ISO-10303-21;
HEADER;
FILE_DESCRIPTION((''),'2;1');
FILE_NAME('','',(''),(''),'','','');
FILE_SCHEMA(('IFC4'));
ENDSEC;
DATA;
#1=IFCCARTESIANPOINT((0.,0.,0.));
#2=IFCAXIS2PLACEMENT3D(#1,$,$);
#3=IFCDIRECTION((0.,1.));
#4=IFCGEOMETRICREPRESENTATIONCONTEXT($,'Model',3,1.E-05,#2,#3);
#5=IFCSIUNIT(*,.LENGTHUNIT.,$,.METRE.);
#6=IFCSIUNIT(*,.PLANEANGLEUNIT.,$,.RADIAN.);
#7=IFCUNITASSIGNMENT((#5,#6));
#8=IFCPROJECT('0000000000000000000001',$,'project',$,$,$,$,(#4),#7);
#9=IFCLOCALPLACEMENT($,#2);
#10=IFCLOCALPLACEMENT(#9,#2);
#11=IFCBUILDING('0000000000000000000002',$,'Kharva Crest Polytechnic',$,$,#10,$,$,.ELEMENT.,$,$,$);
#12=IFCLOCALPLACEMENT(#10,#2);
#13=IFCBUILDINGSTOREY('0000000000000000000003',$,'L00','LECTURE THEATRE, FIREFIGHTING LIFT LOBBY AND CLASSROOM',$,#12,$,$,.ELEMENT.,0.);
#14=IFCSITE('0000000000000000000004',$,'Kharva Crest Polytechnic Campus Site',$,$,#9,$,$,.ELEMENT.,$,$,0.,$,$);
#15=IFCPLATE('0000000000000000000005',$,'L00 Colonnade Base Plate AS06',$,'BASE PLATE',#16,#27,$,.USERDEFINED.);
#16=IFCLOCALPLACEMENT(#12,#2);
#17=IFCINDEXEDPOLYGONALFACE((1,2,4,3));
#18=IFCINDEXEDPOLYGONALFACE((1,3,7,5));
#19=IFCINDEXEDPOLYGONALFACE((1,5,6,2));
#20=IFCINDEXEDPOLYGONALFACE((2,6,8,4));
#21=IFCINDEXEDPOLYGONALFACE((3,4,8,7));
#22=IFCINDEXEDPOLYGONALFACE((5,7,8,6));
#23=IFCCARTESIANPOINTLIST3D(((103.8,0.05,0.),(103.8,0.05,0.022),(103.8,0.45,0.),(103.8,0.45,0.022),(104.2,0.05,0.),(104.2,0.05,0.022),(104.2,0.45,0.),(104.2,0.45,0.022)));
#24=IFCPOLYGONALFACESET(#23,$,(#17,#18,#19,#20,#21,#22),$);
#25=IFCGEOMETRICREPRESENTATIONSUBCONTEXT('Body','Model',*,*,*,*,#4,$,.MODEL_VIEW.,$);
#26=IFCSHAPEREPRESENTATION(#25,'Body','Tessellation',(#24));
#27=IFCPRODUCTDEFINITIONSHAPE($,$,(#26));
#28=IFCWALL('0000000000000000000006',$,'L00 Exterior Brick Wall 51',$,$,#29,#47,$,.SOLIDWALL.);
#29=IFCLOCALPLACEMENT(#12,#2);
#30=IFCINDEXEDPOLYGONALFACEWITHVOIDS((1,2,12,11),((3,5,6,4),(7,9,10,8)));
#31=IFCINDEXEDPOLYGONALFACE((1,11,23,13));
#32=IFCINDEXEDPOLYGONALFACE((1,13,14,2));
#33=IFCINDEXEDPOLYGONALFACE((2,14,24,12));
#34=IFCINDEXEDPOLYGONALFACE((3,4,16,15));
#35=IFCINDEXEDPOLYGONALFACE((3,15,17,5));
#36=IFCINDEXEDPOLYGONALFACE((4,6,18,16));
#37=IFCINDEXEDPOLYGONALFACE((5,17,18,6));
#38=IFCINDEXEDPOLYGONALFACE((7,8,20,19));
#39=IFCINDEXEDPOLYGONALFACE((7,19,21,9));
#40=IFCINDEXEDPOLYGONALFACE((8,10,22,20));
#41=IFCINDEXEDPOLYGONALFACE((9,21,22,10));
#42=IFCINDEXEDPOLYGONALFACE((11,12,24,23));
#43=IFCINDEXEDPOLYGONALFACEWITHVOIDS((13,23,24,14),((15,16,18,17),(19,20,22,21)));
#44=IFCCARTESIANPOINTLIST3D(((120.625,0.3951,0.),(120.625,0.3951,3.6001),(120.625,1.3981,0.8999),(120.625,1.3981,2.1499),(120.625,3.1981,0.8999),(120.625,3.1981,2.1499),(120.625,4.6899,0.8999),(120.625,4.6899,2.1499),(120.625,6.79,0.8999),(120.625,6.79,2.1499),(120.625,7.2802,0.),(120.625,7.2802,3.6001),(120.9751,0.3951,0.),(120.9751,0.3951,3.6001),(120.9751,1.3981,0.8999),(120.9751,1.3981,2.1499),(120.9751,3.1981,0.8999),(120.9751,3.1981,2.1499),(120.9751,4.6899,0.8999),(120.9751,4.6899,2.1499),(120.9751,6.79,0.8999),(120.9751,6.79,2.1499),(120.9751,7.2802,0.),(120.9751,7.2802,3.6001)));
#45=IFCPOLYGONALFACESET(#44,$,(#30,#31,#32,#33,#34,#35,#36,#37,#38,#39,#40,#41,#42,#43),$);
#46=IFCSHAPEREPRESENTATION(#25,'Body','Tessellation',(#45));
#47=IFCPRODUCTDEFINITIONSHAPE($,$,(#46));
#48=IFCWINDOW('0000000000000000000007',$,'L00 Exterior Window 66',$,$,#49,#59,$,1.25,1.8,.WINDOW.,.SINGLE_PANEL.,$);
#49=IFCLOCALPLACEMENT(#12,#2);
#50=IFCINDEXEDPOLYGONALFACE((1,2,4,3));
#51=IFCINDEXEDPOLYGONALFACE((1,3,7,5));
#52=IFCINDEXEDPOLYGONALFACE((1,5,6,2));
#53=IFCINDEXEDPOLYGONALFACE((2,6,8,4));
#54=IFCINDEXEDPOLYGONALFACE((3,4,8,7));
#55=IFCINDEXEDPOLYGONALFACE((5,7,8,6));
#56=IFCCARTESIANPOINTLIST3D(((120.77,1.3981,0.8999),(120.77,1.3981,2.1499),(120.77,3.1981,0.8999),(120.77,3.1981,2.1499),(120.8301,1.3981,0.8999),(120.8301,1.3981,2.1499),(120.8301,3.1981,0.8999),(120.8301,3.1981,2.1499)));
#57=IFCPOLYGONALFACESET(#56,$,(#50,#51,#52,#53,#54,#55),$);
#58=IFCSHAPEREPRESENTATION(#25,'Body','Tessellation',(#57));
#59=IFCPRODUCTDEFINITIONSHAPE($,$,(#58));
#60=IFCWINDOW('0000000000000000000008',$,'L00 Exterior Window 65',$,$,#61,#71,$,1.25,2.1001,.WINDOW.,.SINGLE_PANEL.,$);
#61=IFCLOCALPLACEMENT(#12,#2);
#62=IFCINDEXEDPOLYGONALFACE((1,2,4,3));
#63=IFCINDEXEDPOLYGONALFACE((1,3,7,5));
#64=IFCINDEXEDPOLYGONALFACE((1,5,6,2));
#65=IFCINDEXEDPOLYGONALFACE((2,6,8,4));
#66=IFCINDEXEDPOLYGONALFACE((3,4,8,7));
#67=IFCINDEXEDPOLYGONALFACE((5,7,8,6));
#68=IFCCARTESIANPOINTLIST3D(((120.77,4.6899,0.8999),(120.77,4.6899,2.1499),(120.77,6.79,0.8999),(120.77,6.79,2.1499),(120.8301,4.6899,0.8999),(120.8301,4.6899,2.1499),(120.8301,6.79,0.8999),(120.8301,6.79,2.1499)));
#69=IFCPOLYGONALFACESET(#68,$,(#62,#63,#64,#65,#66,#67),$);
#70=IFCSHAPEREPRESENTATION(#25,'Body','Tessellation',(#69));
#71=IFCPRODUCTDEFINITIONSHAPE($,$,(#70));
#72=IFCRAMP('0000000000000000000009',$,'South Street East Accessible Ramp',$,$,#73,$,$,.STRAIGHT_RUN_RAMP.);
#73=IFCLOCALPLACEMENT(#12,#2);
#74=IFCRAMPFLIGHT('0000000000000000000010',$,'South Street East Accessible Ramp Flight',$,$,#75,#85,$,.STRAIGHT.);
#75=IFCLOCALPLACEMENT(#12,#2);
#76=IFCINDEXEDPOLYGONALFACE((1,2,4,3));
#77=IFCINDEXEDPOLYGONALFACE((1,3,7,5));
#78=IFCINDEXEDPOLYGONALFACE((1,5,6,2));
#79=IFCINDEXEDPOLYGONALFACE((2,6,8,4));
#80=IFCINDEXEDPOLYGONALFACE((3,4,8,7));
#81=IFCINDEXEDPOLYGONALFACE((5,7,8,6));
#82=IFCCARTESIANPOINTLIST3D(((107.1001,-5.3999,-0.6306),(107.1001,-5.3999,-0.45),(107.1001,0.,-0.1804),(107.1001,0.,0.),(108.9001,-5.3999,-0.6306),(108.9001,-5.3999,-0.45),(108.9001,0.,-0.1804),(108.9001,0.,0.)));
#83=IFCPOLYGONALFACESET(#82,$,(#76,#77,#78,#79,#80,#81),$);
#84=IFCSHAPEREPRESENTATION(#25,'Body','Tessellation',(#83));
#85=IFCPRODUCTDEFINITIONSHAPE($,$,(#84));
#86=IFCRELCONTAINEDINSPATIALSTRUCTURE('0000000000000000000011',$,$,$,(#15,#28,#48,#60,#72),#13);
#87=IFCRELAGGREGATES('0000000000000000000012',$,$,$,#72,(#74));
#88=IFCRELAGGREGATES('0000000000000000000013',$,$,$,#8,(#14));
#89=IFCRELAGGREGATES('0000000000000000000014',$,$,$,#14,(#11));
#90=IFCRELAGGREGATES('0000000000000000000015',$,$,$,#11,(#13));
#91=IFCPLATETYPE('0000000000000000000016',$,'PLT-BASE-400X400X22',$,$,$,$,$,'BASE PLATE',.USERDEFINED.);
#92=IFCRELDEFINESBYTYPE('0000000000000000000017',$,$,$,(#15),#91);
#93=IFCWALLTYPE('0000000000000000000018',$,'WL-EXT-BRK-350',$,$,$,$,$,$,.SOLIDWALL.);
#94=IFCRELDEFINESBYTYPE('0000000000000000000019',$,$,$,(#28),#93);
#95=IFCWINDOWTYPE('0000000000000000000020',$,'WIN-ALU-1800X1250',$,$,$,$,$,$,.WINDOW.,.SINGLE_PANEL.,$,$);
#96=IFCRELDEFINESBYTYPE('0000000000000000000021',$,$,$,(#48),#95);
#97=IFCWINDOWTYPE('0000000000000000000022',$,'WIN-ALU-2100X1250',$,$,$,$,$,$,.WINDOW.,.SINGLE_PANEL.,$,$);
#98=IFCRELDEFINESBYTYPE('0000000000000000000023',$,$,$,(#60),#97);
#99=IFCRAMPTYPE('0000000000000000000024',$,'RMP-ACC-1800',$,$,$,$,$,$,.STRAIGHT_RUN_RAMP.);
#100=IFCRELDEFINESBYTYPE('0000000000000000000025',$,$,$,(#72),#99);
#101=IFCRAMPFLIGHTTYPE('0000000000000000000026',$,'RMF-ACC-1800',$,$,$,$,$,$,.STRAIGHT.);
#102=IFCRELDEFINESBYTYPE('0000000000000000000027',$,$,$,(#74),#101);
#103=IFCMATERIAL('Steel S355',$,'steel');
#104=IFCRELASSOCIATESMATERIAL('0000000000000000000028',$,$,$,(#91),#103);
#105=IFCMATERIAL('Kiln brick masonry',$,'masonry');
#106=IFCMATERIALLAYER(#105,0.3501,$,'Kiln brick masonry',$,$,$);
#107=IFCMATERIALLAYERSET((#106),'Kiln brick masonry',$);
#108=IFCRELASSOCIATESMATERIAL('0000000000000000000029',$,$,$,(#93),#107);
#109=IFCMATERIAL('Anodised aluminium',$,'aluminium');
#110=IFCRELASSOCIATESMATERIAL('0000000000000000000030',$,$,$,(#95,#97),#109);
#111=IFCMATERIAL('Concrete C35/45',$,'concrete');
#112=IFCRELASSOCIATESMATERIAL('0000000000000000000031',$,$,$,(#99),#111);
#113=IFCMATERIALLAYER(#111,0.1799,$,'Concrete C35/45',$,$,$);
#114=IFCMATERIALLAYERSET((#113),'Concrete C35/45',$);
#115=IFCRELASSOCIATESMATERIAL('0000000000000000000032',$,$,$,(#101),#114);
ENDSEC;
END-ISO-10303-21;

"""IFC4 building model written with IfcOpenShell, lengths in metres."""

from ifc_helpers import new_model, si_unit, direction, frame, frame_2d, origin, origin_2d, place, context, subcontext, project, spatial, polyline, rectangle, outline, extrude, material, layer, layer_set, type_object, element, fill, aggregate, save


model = new_model("IFC4")

# Units and contexts
model_context = context("Model", 3, precision=1e-05, world=origin(), true_north=direction((0.0, 1.0)))
body_context = subcontext(model_context, "Body", "Model", "MODEL_VIEW")
ifc_project = project(units=[si_unit("LENGTHUNIT", "METRE"), si_unit("PLANEANGLEUNIT", "RADIAN")], contexts=[model_context])

# Site, building, storey
site_placement = place(None, origin())
site = spatial("IfcSite", under=ifc_project, at=site_placement, Name="Kharva Crest Polytechnic Campus Site", CompositionType="ELEMENT", RefElevation=0.0)
building_placement = place(site_placement, origin())
building = spatial("IfcBuilding", under=site, at=building_placement, Name="Kharva Crest Polytechnic", CompositionType="ELEMENT")
storey_placement = place(building_placement, origin())
storey = spatial("IfcBuildingStorey", under=building, at=storey_placement, Name="L00", Description="LECTURE THEATRE, FIREFIGHTING LIFT LOBBY AND CLASSROOM", CompositionType="ELEMENT", Elevation=0.0)

# Shared definitions
ifc_material_1 = material(Name="Concrete C35/45", Category="concrete")

# Shared definitions
ifc_material_2 = material(Name="Steel S355", Category="steel")

# Plate
plate_type = type_object("IfcPlateType", Name="PLT-BASE-400X400X22", ElementType="BASE PLATE", PredefinedType="USERDEFINED", material=ifc_material_2)
plate_placement = place(storey_placement, frame((104.0, 0.25, 0.0), z_axis=(0.0, 0.0, 1.0), x_axis=(1.0, 0.0, 0.0)))
element("IfcPlate", 1, at=plate_placement, inside=storey, type_object=plate_type, Name="L00 Colonnade Base Plate AS06", ObjectType="BASE PLATE", PredefinedType="USERDEFINED", context=body_context, shape_type="SweptSolid", body=[
    extrude(rectangle(XDim=0.3999, YDim=0.3999, at=origin_2d()), origin(), (0.0, 0.0, 1.0), 0.022),
])

# Wall, openings, windows
ifc_material_3 = material(Name="Kiln brick masonry", Category="masonry")
ifc_layer_1 = layer(ifc_material_3, 0.3501, Name="Kiln brick masonry")
ifc_layer_set_1 = layer_set([ifc_layer_1], Name="Kiln brick masonry")
wall_type = type_object("IfcWallType", Name="WL-EXT-BRK-350", PredefinedType="SOLIDWALL", material=ifc_layer_set_1)
wall_placement = place(storey_placement, frame((120.8, 7.28, 0.0), z_axis=(0.0, 0.0, 1.0), x_axis=(0.0, -1.0, 0.0)))
wall = element("IfcWall", 2, at=wall_placement, inside=storey, type_object=wall_type, Name="L00 Exterior Brick Wall 51", PredefinedType="SOLIDWALL", context=body_context, shape_type="SweptSolid", body=[
    extrude(rectangle(XDim=6.885, YDim=0.3501, at=frame_2d((3.4424, 0.0))), origin(), (0.0, 0.0, 1.0), 3.6001),
])
opening_1_placement = place(wall_placement, frame((0.49, 0.0, 0.8999)))
opening_1 = element("IfcOpeningElement", 3, at=opening_1_placement, cuts=wall, PredefinedType="OPENING", context=body_context, shape_type="SweptSolid", body=[
    extrude(rectangle(XDim=2.1001, YDim=1.25, at=frame_2d((1.05, 0.625))), frame((0.0, 0.1851, 0.0), z_axis=(0.0, -1.0, 0.0), x_axis=(1.0, 0.0, 0.0)), (0.0, 0.0, 1.0), 0.3701),
])
opening_2_placement = place(wall_placement, frame((4.082, 0.0, 0.8999)))
opening_2 = element("IfcOpeningElement", 4, at=opening_2_placement, cuts=wall, PredefinedType="OPENING", context=body_context, shape_type="SweptSolid", body=[
    extrude(rectangle(XDim=1.8, YDim=1.25, at=frame_2d((0.8999, 0.625))), frame((0.0, 0.1851, 0.0), z_axis=(0.0, -1.0, 0.0), x_axis=(1.0, 0.0, 0.0)), (0.0, 0.0, 1.0), 0.3701),
])
ifc_material_4 = material(Name="Anodised aluminium", Category="aluminium")
window_type_1 = type_object("IfcWindowType", Name="WIN-ALU-1800X1250", PartitioningType="SINGLE_PANEL", PredefinedType="WINDOW", material=ifc_material_4)
window_1_placement = place(opening_2_placement, origin())
window_1 = element("IfcWindow", 5, at=window_1_placement, inside=storey, type_object=window_type_1, Name="L00 Exterior Window 66", OverallHeight=1.25, OverallWidth=1.8, PartitioningType="SINGLE_PANEL", PredefinedType="WINDOW", context=body_context, shape_type="SweptSolid", body=[
    extrude(rectangle(XDim=1.8, YDim=1.25, at=frame_2d((0.8999, 0.625))), frame((0.0, 0.03, 0.0), z_axis=(0.0, -1.0, 0.0), x_axis=(1.0, 0.0, 0.0)), (0.0, 0.0, 1.0), 0.0601),
])
fill(opening_2, window_1)
window_type_2 = type_object("IfcWindowType", Name="WIN-ALU-2100X1250", PartitioningType="SINGLE_PANEL", PredefinedType="WINDOW", material=ifc_material_4)
window_2_placement = place(opening_1_placement, origin())
window_2 = element("IfcWindow", 6, at=window_2_placement, inside=storey, type_object=window_type_2, Name="L00 Exterior Window 65", OverallHeight=1.25, OverallWidth=2.1001, PartitioningType="SINGLE_PANEL", PredefinedType="WINDOW", context=body_context, shape_type="SweptSolid", body=[
    extrude(rectangle(XDim=2.1001, YDim=1.25, at=frame_2d((1.05, 0.625))), frame((0.0, 0.03, 0.0), z_axis=(0.0, -1.0, 0.0), x_axis=(1.0, 0.0, 0.0)), (0.0, 0.0, 1.0), 0.0601),
])
fill(opening_1, window_2)

# Ramp, ramp flight
ramp_type = type_object("IfcRampType", Name="RMP-ACC-1800", PredefinedType="STRAIGHT_RUN_RAMP", material=ifc_material_1)
ramp_placement = place(storey_placement, origin())
ramp = element("IfcRamp", 7, at=ramp_placement, inside=storey, type_object=ramp_type, Name="South Street East Accessible Ramp", PredefinedType="STRAIGHT_RUN_RAMP")
ifc_layer_2 = layer(ifc_material_1, 0.1799, Name="Concrete C35/45")
ifc_layer_set_2 = layer_set([ifc_layer_2], Name="Concrete C35/45")
ramp_flight_type = type_object("IfcRampFlightType", Name="RMF-ACC-1800", PredefinedType="STRAIGHT", material=ifc_layer_set_2)
ramp_flight_placement = place(storey_placement, frame((108.0, -5.3999, -0.45), z_axis=(0.0, 0.0, 1.0), x_axis=(0.0, 1.0, 0.0)))
ramp_flight = element("IfcRampFlight", 8, at=ramp_flight_placement, type_object=ramp_flight_type, Name="South Street East Accessible Ramp Flight", PredefinedType="STRAIGHT", context=body_context, shape_type="SweptSolid", body=[
    extrude(outline(polyline([(0.0, 0.0), (5.3999, 0.45), (5.3999, 0.2695), (0.0, -0.1807), (0.0, 0.0)])), frame((0.0, 0.8999, 0.0), z_axis=(0.0, -1.0, 0.0), x_axis=(1.0, 0.0, 0.0)), (0.0, 0.0, 1.0), 1.8),
])
aggregate(ramp, [ramp_flight])

save(model, "model.ifc")
